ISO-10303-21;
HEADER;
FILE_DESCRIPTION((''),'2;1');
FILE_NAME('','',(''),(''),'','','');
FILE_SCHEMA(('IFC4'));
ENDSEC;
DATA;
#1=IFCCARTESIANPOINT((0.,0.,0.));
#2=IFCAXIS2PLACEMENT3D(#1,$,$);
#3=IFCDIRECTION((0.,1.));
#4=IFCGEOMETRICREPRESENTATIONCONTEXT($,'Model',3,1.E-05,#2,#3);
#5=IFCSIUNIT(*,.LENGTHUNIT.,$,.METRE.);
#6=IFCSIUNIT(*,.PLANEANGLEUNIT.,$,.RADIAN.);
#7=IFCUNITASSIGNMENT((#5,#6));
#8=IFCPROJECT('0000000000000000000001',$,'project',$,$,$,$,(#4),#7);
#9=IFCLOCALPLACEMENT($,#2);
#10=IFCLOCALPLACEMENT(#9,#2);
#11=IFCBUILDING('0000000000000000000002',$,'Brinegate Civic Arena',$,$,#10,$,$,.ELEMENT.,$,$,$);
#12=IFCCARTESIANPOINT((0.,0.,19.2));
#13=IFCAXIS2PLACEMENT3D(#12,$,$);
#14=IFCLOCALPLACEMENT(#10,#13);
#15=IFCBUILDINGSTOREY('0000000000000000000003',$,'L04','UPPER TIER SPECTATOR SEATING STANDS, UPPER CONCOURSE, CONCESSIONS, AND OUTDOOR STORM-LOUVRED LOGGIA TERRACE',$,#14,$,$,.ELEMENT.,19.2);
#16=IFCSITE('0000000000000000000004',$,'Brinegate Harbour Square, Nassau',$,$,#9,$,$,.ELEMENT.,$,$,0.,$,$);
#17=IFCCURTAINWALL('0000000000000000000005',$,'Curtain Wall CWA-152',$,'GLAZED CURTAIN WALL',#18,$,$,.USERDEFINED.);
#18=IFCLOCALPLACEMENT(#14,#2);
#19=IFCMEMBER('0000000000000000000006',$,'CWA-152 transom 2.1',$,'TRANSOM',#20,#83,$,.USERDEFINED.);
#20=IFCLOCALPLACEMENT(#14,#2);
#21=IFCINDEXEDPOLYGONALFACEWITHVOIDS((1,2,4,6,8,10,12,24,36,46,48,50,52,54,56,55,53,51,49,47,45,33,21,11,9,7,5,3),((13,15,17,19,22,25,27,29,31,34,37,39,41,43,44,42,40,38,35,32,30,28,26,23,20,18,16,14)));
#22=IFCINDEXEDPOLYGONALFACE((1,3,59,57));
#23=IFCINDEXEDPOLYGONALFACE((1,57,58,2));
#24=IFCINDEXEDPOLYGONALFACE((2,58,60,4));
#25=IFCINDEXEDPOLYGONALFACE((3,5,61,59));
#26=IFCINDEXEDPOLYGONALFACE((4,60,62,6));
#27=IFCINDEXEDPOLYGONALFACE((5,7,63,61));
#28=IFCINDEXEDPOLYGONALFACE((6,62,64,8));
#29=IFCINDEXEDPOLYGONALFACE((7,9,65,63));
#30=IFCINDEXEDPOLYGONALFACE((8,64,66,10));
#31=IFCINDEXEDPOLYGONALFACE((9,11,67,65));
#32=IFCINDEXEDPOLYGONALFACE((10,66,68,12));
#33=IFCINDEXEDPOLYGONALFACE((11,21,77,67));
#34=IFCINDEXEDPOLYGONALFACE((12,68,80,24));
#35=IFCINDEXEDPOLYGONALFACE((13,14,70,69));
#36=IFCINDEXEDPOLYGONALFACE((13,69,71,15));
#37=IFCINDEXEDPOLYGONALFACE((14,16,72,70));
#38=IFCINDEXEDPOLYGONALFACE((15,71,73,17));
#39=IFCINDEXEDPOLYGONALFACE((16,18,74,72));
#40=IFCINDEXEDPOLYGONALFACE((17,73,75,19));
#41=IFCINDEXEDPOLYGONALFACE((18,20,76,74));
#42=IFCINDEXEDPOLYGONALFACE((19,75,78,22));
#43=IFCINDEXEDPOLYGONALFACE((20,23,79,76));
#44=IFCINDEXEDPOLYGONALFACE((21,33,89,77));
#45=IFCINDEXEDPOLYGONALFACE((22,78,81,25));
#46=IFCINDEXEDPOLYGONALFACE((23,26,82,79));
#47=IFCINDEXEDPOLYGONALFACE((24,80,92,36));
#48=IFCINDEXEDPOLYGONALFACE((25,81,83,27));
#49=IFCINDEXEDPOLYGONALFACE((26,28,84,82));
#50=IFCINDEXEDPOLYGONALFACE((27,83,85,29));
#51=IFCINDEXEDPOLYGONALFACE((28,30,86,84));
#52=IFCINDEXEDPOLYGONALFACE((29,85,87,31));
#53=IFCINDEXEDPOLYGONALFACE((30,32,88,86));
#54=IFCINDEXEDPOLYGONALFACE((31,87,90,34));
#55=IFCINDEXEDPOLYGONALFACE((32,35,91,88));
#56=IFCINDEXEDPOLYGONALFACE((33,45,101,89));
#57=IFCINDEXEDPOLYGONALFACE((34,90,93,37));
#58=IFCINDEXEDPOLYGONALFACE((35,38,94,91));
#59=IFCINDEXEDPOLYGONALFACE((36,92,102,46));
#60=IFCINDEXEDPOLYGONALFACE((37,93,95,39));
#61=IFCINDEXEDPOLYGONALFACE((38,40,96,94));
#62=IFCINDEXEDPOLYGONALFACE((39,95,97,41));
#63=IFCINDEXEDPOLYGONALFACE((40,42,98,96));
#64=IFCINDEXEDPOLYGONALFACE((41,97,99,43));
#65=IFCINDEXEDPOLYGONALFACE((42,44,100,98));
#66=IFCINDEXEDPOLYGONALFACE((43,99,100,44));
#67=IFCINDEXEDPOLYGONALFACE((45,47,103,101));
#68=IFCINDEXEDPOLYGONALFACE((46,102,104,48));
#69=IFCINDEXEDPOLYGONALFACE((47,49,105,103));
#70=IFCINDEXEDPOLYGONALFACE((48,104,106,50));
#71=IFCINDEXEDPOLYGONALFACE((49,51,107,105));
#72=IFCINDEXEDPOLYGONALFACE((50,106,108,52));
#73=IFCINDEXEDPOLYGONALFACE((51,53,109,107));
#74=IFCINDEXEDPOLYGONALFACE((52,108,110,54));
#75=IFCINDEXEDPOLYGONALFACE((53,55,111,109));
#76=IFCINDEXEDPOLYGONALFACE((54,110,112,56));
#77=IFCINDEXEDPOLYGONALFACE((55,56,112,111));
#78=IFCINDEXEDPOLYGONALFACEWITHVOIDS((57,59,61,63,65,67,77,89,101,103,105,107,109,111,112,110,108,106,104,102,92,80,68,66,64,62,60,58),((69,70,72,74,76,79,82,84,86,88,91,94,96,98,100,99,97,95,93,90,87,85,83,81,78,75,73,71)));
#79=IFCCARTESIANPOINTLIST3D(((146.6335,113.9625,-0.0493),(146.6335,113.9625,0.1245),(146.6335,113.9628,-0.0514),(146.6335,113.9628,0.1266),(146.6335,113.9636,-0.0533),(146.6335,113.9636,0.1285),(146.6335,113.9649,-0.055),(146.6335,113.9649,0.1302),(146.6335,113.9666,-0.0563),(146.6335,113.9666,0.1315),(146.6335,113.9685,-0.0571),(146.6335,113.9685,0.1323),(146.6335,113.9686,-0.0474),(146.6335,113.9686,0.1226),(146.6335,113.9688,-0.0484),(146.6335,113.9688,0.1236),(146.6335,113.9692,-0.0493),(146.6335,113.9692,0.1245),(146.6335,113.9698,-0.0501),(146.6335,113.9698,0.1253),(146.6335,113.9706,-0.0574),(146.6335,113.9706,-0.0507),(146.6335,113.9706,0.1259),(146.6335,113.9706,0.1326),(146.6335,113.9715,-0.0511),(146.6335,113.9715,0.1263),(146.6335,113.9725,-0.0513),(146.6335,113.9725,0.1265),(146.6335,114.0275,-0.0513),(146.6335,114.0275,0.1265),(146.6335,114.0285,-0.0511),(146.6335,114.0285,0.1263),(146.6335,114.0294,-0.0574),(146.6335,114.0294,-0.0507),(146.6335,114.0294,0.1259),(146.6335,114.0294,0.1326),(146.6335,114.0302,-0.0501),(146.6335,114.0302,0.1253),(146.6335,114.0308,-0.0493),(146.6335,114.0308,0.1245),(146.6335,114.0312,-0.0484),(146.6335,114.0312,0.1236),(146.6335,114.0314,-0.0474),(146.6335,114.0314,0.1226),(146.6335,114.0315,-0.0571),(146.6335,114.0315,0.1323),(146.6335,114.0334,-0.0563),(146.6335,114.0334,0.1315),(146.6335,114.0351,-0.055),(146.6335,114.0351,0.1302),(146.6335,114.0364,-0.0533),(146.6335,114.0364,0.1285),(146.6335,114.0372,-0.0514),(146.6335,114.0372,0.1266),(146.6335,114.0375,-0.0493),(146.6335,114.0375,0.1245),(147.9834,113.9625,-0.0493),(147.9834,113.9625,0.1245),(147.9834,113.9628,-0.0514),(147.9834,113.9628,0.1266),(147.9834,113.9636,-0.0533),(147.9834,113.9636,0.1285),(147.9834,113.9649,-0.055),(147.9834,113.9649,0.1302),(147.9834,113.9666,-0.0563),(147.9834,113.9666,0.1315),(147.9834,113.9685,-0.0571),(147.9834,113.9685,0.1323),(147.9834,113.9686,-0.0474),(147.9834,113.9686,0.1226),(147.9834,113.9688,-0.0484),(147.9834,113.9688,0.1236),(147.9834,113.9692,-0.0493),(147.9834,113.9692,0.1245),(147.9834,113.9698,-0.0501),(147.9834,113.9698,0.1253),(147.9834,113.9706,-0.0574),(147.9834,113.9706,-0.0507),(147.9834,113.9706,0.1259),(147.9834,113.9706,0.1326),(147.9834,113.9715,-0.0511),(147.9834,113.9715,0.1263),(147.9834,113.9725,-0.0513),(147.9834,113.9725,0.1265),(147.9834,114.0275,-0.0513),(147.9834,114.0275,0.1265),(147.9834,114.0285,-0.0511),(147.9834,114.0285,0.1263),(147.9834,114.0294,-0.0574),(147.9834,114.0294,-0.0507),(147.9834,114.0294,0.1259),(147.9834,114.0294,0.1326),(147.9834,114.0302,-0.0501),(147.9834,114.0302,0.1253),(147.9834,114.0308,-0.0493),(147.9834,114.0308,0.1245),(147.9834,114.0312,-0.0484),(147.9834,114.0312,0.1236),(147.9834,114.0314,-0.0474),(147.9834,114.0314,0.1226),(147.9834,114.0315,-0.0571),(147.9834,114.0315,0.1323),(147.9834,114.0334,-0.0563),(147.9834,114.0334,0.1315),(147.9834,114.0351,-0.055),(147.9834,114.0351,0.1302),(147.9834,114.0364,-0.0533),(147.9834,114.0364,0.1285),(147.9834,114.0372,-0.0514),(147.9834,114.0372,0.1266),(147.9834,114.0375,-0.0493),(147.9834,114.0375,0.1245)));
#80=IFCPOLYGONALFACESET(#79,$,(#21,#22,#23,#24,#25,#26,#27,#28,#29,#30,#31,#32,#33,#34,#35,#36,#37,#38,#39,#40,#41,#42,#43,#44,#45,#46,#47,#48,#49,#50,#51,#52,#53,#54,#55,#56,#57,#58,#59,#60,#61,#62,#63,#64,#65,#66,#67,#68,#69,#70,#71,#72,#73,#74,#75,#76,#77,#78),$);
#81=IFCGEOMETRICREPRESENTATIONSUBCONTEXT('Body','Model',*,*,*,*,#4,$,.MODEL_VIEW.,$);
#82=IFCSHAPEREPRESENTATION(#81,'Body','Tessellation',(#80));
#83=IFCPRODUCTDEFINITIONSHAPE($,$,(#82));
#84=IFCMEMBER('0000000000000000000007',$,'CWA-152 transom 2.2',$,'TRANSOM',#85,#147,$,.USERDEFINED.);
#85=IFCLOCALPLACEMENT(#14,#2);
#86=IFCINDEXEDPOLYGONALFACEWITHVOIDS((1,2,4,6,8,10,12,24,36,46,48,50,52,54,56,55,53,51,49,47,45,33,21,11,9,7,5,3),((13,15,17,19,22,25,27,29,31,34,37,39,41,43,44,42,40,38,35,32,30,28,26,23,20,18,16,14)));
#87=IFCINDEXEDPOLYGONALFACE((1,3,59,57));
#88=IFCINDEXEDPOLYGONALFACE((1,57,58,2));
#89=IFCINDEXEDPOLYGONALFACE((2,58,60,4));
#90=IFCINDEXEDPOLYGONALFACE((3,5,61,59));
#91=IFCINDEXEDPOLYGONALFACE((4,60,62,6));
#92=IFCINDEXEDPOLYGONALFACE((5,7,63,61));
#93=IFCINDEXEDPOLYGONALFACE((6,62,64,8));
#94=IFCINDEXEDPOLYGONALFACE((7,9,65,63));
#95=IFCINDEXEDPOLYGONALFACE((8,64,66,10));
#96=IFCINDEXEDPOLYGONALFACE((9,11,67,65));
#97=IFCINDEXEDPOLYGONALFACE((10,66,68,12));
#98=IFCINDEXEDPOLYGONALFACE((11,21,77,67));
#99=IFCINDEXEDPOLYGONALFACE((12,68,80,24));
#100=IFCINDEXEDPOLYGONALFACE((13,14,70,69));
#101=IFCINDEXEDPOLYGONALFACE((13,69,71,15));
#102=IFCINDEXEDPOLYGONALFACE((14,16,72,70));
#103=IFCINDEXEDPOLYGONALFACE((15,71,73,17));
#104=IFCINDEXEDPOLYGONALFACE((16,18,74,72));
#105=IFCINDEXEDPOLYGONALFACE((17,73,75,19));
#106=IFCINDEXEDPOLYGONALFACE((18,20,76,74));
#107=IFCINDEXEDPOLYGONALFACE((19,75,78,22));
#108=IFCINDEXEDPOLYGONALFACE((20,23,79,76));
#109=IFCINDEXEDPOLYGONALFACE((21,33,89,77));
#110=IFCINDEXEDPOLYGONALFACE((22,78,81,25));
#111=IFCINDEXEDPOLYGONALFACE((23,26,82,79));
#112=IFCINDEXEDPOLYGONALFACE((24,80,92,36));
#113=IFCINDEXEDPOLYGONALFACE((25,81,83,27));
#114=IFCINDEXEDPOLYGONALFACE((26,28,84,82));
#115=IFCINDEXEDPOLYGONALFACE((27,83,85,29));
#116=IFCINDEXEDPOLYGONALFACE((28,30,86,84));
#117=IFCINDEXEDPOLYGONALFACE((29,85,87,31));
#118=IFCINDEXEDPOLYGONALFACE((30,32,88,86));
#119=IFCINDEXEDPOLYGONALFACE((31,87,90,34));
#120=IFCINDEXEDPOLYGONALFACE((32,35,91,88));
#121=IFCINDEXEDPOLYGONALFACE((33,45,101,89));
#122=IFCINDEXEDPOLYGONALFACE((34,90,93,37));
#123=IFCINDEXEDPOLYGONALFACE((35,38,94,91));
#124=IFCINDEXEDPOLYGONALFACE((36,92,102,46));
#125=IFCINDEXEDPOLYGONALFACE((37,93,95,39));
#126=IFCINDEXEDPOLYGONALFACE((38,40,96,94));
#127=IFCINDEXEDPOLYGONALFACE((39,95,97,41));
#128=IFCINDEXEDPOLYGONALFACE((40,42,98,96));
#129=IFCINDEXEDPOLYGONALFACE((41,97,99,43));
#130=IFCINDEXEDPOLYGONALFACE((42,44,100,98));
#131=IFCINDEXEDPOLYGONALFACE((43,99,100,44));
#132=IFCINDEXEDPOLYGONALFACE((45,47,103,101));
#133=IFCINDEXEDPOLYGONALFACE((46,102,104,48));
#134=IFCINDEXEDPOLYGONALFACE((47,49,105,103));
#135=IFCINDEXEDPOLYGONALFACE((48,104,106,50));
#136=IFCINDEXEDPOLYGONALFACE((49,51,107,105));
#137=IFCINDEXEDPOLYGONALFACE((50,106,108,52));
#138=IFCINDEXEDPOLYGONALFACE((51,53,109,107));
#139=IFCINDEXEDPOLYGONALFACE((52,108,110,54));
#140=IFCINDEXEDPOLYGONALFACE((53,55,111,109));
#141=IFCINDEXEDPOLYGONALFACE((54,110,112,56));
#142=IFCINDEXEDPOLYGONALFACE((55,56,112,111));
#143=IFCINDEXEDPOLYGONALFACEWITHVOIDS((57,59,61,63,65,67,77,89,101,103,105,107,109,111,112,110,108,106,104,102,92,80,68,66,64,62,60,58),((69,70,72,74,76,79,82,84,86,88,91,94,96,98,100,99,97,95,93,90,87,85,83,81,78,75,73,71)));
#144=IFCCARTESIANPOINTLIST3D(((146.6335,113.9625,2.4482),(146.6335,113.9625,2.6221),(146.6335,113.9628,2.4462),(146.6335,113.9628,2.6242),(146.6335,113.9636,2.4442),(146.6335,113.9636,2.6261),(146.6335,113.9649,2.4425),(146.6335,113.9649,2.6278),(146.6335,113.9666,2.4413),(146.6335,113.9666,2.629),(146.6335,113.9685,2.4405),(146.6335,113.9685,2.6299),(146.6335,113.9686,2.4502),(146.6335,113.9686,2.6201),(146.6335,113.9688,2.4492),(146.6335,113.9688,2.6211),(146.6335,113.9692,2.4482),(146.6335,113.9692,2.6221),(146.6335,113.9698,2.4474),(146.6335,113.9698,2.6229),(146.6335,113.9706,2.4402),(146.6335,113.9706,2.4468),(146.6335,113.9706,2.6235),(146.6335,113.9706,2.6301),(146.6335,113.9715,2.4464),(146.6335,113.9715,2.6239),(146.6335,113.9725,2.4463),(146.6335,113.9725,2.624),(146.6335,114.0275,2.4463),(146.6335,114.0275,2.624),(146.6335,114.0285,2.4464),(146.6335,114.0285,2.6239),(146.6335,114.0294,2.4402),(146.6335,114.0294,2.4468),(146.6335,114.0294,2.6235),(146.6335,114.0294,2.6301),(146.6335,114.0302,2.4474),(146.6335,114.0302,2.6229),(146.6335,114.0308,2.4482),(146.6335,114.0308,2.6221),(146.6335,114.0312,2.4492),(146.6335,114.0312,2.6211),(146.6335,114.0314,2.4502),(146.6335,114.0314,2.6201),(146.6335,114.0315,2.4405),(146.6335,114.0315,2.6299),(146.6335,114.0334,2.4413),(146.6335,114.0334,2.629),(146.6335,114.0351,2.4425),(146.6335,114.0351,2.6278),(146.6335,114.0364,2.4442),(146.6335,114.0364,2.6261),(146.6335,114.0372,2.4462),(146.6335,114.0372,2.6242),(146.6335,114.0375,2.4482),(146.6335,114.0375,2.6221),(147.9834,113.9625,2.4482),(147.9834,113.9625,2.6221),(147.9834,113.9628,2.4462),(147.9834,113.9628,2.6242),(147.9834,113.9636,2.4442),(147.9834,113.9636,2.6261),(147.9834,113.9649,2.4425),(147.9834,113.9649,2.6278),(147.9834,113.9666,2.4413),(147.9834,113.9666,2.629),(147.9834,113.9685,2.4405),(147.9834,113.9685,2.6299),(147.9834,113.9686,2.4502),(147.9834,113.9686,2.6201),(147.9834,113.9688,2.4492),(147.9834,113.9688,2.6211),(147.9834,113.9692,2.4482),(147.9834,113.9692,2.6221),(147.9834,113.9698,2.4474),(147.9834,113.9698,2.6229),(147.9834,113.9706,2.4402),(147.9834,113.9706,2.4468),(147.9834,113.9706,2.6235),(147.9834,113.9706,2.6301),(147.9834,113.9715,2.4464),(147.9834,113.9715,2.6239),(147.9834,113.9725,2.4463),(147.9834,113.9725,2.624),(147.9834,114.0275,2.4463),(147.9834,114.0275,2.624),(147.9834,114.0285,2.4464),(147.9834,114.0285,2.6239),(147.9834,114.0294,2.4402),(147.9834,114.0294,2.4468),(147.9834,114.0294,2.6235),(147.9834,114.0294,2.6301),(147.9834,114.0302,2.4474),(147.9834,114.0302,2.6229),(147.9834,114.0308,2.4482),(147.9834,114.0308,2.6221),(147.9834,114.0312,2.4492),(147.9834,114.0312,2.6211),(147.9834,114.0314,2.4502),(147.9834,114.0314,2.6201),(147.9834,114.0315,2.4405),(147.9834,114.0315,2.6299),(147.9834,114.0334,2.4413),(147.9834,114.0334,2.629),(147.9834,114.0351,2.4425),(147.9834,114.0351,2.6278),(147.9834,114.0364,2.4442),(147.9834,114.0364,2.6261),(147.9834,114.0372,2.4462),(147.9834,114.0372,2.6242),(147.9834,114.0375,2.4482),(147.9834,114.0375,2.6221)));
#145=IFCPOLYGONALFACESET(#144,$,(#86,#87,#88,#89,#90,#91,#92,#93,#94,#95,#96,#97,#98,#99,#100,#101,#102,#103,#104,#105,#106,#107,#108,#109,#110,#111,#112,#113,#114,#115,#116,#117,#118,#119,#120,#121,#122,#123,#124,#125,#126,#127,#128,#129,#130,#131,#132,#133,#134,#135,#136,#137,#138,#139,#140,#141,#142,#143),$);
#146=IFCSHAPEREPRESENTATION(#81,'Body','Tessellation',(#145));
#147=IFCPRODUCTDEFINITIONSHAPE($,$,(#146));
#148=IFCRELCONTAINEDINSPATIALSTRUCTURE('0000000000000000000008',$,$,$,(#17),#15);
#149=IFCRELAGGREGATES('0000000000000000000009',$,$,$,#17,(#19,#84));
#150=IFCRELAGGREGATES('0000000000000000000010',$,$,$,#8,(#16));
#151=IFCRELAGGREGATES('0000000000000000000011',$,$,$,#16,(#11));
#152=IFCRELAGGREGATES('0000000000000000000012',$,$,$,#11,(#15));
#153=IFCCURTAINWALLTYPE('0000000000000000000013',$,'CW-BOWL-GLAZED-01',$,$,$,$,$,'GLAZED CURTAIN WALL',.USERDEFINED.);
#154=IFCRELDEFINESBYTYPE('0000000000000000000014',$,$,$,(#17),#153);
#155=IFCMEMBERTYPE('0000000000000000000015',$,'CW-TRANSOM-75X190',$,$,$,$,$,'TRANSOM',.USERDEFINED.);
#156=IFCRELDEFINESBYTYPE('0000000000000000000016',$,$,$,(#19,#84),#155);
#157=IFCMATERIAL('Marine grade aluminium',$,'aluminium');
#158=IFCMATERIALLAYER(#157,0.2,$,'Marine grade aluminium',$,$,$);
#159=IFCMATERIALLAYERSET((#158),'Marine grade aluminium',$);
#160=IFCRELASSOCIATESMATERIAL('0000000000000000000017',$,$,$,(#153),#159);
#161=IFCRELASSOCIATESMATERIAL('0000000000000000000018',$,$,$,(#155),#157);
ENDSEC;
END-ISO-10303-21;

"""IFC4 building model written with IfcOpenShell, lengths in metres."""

from ifc_helpers import new_model, si_unit, direction, frame, origin, origin_2d, place, context, subcontext, project, spatial, hollow_rectangle, extrude, material, layer, layer_set, material_profile, profile_set, type_object, element, aggregate, save


model = new_model("IFC4")

# Units and contexts
model_context = context("Model", 3, precision=1e-05, world=origin(), true_north=direction((0.0, 1.0)))
body_context = subcontext(model_context, "Body", "Model", "MODEL_VIEW")
ifc_project = project(units=[si_unit("LENGTHUNIT", "METRE"), si_unit("PLANEANGLEUNIT", "RADIAN")], contexts=[model_context])

# Site, building, storey
site_placement = place(None, origin())
site = spatial("IfcSite", under=ifc_project, at=site_placement, Name="Brinegate Harbour Square, Nassau", CompositionType="ELEMENT", RefElevation=0.0)
building_placement = place(site_placement, origin())
building = spatial("IfcBuilding", under=site, at=building_placement, Name="Brinegate Civic Arena", CompositionType="ELEMENT")
storey_placement = place(building_placement, frame((0.0, 0.0, 19.2)))
storey = spatial("IfcBuildingStorey", under=building, at=storey_placement, Name="L04", Description="UPPER TIER SPECTATOR SEATING STANDS, UPPER CONCOURSE, CONCESSIONS, AND OUTDOOR STORM-LOUVRED LOGGIA TERRACE", CompositionType="ELEMENT", Elevation=19.2)

# Curtain wall, members
ifc_material_1 = material(Name="Marine grade aluminium", Category="aluminium")
ifc_layer_1 = layer(ifc_material_1, 0.2, Name="Marine grade aluminium")
ifc_layer_set_1 = layer_set([ifc_layer_1], Name="Marine grade aluminium")
curtain_wall_type = type_object("IfcCurtainWallType", Name="CW-BOWL-GLAZED-01", ElementType="GLAZED CURTAIN WALL", PredefinedType="USERDEFINED", material=ifc_layer_set_1)
curtain_wall_placement = place(storey_placement, origin())
curtain_wall = element("IfcCurtainWall", 1, at=curtain_wall_placement, inside=storey, type_object=curtain_wall_type, Name="Curtain Wall CWA-152", ObjectType="GLAZED CURTAIN WALL", PredefinedType="USERDEFINED")
ifc_material_profile_1 = material_profile(ifc_material_1, hollow_rectangle(XDim=0.075, YDim=0.1899, WallThickness=0.0061, InnerFilletRadius=0.0039, OuterFilletRadius=0.0081, at=origin_2d()), Name="TRN75X190")
ifc_profile_set_1 = profile_set([ifc_material_profile_1], Name="Marine grade aluminium")
member_type_1 = type_object("IfcMemberType", Name="CW-TRANSOM-75X190", ElementType="TRANSOM", PredefinedType="USERDEFINED", material=ifc_profile_set_1)
member_1_placement = place(storey_placement, frame((146.6335, 114.0, 0.0376), z_axis=(1.0, 0.0, 0.0), x_axis=(0.0, 1.0, 0.0)))
member_1 = element("IfcMember", 2, at=member_1_placement, type_object=member_type_1, Name="CWA-152 transom 2.1", ObjectType="TRANSOM", PredefinedType="USERDEFINED", context=body_context, shape_type="SweptSolid", body=[
    extrude(hollow_rectangle(XDim=0.075, YDim=0.1899, WallThickness=0.0061, InnerFilletRadius=0.0039, OuterFilletRadius=0.0081, at=origin_2d()), origin(), (0.0, 0.0, 1.0), 1.3499),
])
member_2_placement = place(storey_placement, frame((146.6335, 114.0, 2.5352), z_axis=(1.0, 0.0, 0.0), x_axis=(0.0, 1.0, 0.0)))
member_2 = element("IfcMember", 3, at=member_2_placement, type_object=member_type_1, Name="CWA-152 transom 2.2", ObjectType="TRANSOM", PredefinedType="USERDEFINED", context=body_context, shape_type="SweptSolid", body=[
    extrude(hollow_rectangle(XDim=0.075, YDim=0.1899, WallThickness=0.0061, InnerFilletRadius=0.0039, OuterFilletRadius=0.0081, at=origin_2d()), origin(), (0.0, 0.0, 1.0), 1.3499),
])

aggregate(curtain_wall, [member_1, member_2])

save(model, "model.ifc")
